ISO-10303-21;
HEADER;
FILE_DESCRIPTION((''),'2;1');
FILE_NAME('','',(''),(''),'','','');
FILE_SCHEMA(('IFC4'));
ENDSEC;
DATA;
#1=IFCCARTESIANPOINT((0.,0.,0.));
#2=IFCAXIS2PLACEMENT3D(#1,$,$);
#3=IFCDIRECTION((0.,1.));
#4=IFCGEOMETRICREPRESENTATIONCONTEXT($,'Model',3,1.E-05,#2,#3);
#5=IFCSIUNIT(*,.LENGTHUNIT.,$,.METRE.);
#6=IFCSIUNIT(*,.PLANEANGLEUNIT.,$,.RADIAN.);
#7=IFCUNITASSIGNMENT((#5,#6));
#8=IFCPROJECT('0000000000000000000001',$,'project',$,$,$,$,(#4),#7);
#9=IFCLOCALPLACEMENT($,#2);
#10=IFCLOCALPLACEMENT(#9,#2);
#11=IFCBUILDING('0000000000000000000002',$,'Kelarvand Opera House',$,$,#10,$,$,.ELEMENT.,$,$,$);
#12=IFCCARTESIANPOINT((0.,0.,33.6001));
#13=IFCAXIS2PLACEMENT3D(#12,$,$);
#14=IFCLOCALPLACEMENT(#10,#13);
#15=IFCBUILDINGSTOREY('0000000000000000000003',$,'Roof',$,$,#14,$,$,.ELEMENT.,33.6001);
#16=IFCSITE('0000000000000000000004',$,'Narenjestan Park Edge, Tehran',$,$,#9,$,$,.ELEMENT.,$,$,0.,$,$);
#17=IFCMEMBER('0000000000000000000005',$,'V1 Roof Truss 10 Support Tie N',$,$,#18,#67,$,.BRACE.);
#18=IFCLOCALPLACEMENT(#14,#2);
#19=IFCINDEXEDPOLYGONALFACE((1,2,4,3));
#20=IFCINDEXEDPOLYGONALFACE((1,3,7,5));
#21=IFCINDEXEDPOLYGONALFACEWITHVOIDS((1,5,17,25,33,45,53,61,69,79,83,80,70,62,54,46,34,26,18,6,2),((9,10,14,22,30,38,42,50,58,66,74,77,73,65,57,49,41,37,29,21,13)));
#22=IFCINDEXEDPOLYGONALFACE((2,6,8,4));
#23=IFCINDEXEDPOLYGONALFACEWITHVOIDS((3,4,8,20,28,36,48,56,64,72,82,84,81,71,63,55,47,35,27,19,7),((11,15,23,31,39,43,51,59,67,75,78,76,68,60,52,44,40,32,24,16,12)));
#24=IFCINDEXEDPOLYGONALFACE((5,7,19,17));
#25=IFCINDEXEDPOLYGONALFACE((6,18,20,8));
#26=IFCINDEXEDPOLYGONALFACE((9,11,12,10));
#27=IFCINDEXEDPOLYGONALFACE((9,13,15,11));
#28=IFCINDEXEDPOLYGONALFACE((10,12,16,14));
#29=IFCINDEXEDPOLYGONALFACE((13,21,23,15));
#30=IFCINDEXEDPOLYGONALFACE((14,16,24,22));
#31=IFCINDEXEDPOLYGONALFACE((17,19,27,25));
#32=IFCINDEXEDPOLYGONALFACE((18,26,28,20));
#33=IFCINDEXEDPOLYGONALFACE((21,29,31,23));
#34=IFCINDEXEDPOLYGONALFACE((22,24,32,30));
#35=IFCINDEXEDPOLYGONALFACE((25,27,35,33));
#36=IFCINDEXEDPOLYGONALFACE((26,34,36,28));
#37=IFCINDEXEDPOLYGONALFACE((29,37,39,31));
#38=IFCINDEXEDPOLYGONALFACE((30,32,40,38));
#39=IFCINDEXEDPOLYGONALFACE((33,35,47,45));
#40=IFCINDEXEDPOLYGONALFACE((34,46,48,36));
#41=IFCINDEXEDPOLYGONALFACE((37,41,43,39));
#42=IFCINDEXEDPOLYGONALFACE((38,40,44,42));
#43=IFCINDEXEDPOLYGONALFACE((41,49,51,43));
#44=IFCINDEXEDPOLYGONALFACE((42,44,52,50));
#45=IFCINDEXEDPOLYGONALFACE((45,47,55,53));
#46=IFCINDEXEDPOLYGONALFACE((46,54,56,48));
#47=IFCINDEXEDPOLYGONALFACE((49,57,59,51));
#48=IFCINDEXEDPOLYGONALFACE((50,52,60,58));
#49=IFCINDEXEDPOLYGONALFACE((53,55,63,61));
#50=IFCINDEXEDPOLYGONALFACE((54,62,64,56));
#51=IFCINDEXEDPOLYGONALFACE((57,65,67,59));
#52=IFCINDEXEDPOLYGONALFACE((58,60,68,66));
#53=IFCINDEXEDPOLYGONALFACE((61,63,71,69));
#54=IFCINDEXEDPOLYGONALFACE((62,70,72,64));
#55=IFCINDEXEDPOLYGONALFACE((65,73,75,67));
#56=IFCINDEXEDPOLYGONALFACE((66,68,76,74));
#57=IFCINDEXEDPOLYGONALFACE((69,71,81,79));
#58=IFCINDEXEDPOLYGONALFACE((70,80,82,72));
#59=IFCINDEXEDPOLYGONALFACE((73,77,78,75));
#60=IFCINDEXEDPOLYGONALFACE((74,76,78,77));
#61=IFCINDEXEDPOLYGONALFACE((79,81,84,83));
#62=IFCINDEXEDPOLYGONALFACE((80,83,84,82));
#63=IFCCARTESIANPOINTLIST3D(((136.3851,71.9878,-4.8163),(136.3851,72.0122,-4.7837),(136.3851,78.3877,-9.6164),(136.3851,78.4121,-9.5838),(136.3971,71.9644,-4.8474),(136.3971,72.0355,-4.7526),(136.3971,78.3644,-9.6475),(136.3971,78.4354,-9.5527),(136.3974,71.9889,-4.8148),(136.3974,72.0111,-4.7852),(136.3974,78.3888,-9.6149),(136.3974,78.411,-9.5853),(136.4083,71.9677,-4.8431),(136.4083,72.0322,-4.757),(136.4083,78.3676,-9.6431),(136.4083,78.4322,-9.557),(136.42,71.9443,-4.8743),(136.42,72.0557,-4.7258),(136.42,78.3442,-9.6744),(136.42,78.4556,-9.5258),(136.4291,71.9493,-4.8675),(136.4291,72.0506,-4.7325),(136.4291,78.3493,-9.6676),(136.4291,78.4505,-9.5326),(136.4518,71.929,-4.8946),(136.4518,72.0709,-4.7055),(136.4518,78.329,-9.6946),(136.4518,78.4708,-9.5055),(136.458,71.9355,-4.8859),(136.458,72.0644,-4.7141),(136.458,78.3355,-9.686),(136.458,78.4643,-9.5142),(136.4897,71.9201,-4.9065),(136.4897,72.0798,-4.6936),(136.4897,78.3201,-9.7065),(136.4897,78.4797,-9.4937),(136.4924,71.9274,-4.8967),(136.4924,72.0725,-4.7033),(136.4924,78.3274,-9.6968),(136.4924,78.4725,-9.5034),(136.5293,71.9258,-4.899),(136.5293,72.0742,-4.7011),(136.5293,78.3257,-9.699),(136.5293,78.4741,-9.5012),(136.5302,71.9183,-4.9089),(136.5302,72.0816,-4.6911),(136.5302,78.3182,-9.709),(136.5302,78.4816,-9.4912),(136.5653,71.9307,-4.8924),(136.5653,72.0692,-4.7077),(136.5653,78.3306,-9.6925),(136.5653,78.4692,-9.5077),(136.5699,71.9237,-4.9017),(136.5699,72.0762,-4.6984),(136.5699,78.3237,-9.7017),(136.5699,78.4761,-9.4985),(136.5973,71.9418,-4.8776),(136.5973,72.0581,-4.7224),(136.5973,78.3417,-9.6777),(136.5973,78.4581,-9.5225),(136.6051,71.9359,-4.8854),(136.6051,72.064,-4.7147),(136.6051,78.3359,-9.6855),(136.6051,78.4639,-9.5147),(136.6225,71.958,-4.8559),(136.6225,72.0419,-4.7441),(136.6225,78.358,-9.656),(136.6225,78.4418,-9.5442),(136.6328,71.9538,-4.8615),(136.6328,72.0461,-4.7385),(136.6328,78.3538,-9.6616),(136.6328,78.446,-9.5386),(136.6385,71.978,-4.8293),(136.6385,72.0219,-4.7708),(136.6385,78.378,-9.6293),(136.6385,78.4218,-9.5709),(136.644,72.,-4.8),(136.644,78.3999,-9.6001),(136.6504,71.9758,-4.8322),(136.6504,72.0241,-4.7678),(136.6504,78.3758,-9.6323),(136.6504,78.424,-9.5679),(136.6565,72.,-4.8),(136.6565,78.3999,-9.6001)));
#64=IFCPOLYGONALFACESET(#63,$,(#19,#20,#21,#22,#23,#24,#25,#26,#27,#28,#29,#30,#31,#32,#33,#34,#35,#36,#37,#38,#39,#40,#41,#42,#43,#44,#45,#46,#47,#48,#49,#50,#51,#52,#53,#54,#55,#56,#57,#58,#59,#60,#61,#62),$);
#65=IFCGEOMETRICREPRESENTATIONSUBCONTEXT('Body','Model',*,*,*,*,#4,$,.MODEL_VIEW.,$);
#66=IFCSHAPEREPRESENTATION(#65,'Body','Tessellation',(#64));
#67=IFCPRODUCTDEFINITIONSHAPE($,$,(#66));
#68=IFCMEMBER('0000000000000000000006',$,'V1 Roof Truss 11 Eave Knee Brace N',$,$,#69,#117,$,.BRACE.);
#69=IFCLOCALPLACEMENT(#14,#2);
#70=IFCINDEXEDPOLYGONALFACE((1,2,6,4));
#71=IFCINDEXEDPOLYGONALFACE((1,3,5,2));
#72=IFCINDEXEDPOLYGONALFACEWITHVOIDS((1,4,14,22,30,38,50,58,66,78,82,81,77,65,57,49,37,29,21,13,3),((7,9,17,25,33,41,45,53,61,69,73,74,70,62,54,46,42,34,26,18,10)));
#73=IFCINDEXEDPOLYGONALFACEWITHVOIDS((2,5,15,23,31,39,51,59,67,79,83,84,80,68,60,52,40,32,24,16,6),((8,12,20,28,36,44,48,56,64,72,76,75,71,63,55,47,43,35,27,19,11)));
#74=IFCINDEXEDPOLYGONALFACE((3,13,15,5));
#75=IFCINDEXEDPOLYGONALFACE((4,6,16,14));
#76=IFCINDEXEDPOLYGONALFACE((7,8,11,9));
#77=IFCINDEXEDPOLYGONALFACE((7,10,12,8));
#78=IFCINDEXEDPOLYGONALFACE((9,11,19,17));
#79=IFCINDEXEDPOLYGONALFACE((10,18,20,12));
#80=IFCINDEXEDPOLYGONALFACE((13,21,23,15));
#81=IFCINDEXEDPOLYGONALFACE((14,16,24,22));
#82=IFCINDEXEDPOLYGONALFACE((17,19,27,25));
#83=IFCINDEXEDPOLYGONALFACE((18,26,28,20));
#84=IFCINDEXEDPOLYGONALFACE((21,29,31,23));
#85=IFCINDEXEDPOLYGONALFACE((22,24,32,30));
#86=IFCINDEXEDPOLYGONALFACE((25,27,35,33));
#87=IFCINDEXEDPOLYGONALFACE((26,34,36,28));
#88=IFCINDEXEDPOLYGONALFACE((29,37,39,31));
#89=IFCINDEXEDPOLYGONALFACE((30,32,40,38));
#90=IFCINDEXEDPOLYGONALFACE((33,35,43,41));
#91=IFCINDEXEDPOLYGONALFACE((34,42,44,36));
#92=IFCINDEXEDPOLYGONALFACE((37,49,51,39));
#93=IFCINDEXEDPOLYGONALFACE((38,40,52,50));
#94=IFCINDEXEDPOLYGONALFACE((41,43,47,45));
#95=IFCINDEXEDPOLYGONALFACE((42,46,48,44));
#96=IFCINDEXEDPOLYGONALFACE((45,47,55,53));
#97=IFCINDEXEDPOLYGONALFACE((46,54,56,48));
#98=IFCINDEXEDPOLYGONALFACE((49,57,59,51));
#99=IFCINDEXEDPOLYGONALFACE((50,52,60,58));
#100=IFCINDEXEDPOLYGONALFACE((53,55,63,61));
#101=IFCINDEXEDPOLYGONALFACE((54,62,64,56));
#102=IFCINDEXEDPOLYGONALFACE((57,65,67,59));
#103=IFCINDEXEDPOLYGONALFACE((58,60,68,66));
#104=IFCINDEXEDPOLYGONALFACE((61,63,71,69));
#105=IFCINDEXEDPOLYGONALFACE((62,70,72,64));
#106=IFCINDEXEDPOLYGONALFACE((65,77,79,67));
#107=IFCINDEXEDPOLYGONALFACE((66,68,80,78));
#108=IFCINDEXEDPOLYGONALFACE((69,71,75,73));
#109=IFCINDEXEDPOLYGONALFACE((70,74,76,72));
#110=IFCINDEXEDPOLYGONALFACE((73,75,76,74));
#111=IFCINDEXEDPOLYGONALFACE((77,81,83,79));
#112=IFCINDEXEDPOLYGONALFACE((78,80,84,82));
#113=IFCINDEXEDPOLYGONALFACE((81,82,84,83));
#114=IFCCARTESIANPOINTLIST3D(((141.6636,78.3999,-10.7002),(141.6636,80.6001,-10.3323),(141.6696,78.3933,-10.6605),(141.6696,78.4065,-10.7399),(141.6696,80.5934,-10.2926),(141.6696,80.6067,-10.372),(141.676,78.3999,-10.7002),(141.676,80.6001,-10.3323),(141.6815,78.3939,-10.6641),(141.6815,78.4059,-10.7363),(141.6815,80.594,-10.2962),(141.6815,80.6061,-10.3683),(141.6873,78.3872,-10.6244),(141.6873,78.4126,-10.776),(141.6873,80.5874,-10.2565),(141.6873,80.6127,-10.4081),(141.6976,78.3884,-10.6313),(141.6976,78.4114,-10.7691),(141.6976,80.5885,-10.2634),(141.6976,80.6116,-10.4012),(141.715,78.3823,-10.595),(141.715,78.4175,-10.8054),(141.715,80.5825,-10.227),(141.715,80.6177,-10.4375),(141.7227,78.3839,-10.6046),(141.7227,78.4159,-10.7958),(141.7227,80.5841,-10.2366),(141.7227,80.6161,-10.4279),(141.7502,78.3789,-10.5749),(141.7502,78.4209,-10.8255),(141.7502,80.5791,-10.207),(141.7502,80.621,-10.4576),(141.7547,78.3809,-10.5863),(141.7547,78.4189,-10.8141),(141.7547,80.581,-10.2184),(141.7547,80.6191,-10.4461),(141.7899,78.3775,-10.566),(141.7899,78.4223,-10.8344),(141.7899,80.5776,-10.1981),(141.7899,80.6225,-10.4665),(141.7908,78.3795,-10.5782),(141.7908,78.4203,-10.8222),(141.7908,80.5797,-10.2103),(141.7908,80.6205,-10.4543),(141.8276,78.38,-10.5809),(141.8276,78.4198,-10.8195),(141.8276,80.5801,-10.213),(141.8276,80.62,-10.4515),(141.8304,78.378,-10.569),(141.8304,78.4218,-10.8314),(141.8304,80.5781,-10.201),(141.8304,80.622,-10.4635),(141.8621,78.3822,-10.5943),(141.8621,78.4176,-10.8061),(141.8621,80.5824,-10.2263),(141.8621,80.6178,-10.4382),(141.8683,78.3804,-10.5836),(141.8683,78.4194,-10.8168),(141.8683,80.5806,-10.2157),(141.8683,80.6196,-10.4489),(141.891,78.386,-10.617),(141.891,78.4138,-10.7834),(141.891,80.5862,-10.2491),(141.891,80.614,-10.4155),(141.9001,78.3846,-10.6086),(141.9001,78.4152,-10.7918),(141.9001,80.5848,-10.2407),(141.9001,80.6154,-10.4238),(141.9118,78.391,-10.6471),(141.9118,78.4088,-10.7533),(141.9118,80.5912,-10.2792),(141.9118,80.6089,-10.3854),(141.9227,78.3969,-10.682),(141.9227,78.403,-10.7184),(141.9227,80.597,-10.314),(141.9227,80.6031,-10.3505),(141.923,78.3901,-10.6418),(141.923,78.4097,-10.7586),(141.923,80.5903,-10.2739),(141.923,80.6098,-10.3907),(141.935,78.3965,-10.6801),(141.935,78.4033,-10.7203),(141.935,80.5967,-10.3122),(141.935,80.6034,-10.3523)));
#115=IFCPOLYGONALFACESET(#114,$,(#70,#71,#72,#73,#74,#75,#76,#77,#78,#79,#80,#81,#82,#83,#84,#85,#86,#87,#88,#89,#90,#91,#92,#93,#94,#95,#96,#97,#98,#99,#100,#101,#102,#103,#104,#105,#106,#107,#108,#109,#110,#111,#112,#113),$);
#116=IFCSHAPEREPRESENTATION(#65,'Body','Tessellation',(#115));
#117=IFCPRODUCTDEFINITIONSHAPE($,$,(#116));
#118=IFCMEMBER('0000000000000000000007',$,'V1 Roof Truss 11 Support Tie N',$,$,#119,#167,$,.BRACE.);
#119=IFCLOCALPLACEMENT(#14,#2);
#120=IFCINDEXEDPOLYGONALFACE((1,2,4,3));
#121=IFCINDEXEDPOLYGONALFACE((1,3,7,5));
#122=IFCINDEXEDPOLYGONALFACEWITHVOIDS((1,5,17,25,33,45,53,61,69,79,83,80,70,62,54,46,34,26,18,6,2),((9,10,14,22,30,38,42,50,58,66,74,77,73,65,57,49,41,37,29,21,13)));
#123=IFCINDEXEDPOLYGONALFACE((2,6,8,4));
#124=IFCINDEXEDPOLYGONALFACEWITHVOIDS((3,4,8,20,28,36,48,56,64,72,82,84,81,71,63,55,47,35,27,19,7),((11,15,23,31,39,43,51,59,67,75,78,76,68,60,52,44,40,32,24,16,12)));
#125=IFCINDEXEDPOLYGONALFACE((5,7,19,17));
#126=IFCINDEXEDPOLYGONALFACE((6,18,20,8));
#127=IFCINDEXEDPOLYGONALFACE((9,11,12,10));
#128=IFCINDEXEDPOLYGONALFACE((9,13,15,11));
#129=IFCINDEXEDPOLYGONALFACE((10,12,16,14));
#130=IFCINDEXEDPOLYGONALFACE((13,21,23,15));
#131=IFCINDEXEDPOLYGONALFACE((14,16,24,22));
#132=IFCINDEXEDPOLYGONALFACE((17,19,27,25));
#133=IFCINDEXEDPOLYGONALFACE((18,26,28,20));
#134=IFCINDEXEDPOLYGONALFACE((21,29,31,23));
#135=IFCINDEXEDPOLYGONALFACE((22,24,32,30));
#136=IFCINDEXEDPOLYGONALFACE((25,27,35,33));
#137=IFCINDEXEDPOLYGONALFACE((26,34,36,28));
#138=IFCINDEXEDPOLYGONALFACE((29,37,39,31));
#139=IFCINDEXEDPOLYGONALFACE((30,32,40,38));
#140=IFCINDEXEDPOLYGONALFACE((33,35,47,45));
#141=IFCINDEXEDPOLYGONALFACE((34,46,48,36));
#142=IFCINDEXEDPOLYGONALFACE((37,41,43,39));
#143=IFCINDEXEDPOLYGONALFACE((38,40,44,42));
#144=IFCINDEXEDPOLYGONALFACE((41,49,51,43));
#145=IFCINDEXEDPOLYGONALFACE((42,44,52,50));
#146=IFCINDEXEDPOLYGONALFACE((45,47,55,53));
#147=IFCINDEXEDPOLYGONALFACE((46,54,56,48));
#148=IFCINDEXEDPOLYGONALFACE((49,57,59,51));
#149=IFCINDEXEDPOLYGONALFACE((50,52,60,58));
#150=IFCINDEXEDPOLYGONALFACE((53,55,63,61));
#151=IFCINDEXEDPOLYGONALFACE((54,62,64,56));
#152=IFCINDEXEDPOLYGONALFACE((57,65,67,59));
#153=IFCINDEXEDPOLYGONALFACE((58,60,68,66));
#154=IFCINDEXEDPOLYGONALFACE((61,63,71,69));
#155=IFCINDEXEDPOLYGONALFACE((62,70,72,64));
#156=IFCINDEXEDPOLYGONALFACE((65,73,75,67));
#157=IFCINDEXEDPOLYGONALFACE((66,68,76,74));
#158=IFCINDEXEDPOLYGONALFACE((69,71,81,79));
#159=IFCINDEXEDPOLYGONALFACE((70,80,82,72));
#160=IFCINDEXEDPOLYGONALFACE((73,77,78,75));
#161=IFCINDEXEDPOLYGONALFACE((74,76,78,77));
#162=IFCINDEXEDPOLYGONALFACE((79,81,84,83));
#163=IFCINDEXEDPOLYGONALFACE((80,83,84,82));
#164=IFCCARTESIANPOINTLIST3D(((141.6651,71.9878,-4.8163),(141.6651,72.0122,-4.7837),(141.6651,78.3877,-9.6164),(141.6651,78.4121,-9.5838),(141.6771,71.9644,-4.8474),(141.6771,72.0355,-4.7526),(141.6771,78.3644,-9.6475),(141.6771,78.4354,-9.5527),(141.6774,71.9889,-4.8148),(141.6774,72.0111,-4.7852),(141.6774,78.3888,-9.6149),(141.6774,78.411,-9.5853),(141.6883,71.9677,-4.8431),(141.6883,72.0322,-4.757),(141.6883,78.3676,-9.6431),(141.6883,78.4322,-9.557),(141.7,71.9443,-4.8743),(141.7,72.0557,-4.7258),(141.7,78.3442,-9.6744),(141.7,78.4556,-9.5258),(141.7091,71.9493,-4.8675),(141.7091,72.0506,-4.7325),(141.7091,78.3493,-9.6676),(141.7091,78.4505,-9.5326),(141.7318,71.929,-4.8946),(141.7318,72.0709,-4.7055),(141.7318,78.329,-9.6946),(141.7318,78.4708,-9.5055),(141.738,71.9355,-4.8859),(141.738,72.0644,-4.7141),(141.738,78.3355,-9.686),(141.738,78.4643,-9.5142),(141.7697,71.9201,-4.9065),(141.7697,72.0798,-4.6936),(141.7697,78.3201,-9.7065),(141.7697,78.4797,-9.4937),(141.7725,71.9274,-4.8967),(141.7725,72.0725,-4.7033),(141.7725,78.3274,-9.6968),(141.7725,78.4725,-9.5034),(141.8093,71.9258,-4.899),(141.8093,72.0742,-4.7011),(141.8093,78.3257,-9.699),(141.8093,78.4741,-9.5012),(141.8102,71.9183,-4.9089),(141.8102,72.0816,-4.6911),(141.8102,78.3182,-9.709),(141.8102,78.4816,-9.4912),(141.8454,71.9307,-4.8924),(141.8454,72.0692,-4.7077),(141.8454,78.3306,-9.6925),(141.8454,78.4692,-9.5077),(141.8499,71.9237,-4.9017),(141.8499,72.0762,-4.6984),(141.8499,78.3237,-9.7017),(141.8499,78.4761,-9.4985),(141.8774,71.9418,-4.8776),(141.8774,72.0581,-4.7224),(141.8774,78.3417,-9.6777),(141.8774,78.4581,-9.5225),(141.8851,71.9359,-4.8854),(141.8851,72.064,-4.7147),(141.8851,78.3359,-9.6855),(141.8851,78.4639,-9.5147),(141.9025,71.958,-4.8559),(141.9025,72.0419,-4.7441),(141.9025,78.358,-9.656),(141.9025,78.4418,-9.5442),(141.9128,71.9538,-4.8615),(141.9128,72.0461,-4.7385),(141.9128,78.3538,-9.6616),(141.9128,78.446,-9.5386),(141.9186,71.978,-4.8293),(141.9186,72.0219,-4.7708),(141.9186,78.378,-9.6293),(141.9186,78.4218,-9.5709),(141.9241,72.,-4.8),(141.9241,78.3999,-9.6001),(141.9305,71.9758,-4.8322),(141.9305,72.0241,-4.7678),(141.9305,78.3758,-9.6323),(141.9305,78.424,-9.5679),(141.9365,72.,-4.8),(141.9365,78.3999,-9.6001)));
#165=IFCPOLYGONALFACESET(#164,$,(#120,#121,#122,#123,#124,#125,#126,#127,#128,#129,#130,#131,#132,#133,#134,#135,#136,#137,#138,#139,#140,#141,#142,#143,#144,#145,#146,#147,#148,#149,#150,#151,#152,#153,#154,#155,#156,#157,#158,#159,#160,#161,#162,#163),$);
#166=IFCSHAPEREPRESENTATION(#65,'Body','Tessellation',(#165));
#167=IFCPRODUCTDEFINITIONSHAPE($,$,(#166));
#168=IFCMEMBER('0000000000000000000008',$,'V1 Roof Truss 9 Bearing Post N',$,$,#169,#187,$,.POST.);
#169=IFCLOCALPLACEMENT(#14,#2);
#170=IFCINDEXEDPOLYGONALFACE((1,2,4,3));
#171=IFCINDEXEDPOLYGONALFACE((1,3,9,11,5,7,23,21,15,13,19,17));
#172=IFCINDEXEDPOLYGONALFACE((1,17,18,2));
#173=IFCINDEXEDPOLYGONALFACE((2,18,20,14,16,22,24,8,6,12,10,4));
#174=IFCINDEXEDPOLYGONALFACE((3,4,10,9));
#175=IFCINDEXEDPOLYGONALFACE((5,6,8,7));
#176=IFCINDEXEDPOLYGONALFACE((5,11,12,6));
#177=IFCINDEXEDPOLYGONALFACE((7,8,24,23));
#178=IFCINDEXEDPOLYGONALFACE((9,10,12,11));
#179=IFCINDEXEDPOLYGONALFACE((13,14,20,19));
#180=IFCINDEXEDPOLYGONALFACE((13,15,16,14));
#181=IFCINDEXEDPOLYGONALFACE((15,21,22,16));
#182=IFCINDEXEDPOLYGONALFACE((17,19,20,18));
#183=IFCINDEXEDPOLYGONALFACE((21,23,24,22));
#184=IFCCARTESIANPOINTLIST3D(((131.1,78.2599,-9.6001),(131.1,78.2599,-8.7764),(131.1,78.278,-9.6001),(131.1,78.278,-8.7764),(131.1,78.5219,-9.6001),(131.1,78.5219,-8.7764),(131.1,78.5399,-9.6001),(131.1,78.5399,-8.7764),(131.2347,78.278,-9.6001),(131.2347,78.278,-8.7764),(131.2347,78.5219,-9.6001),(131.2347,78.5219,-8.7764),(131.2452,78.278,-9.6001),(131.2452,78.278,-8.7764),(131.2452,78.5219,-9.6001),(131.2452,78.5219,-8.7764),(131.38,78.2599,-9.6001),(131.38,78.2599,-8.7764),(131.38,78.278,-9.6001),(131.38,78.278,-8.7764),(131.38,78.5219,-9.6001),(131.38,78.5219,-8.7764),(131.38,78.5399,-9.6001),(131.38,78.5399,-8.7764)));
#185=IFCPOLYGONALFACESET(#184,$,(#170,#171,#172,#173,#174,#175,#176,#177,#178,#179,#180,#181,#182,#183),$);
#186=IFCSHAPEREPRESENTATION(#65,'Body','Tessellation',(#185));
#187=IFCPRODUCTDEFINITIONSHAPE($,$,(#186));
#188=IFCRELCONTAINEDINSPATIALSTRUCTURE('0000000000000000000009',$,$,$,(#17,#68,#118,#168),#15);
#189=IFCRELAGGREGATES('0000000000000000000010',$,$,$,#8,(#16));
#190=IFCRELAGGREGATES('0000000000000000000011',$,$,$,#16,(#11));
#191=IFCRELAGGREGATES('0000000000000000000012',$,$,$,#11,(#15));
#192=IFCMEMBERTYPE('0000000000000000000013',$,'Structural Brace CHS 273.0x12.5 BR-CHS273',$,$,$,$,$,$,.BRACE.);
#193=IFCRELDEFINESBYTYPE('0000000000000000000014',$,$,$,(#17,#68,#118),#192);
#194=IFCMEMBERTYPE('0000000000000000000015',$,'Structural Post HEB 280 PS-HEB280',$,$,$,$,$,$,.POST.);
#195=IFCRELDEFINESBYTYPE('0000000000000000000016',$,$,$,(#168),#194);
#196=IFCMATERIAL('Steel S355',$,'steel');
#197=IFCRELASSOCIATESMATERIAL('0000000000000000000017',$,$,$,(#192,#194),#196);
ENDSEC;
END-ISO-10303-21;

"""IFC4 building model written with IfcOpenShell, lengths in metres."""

from ifc_helpers import new_model, si_unit, direction, frame, origin, origin_2d, place, context, subcontext, project, spatial, hollow_circle, i_section, extrude, material, material_profile, profile_set, type_object, element, save


model = new_model("IFC4")

# Units and contexts
model_context = context("Model", 3, precision=1e-05, world=origin(), true_north=direction((0.0, 1.0)))
body_context = subcontext(model_context, "Body", "Model", "MODEL_VIEW")
ifc_project = project(units=[si_unit("LENGTHUNIT", "METRE"), si_unit("PLANEANGLEUNIT", "RADIAN")], contexts=[model_context])

# Site, building, storey
site_placement = place(None, origin())
site = spatial("IfcSite", under=ifc_project, at=site_placement, Name="Narenjestan Park Edge, Tehran", CompositionType="ELEMENT", RefElevation=0.0)
building_placement = place(site_placement, origin())
building = spatial("IfcBuilding", under=site, at=building_placement, Name="Kelarvand Opera House", CompositionType="ELEMENT")
storey_placement = place(building_placement, frame((0.0, 0.0, 33.6001)))
storey = spatial("IfcBuildingStorey", under=building, at=storey_placement, Name="Roof", CompositionType="ELEMENT", Elevation=33.6001)

# Members
ifc_material = material(Name="Steel S355", Category="steel")
ifc_material_profile_1 = material_profile(ifc_material, hollow_circle(Radius=0.1365, WallThickness=0.0125, at=origin_2d()), Name="CHS 273.0x12.5", Category="steel")
ifc_profile_set_1 = profile_set([ifc_material_profile_1], Name="Steel S355")
member_type_1 = type_object("IfcMemberType", Name="Structural Brace CHS 273.0x12.5 BR-CHS273", PredefinedType="BRACE", material=ifc_profile_set_1)
member_1_placement = place(storey_placement, frame((136.52, 78.3999, -9.6001), z_axis=(0.0, -0.799993, 0.60001), x_axis=(1.0, 0.0, 0.0)))
element("IfcMember", 1, at=member_1_placement, inside=storey, type_object=member_type_1, Name="V1 Roof Truss 10 Support Tie N", PredefinedType="BRACE", context=body_context, shape_type="SweptSolid", body=[
    extrude(hollow_circle(Radius=0.1365, WallThickness=0.0125, at=origin_2d()), origin(), (0.0, 0.0, 1.0), 8.0),
])
member_2_placement = place(storey_placement, frame((141.8, 78.3999, -10.7002), z_axis=(0.0, 0.986305, 0.164931), x_axis=(-1.0, 0.0, 0.0)))
element("IfcMember", 2, at=member_2_placement, inside=storey, type_object=member_type_1, Name="V1 Roof Truss 11 Eave Knee Brace N", PredefinedType="BRACE", context=body_context, shape_type="SweptSolid", body=[
    extrude(hollow_circle(Radius=0.1365, WallThickness=0.0125, at=origin_2d()), origin(), (0.0, 0.0, 1.0), 2.2307),
])
member_3_placement = place(storey_placement, frame((141.8, 78.3999, -9.6001), z_axis=(0.0, -0.799993, 0.60001), x_axis=(1.0, 0.0, 0.0)))
element("IfcMember", 3, at=member_3_placement, inside=storey, type_object=member_type_1, Name="V1 Roof Truss 11 Support Tie N", PredefinedType="BRACE", context=body_context, shape_type="SweptSolid", body=[
    extrude(hollow_circle(Radius=0.1365, WallThickness=0.0125, at=origin_2d()), origin(), (0.0, 0.0, 1.0), 8.0),
])
ifc_material_profile_2 = material_profile(ifc_material, i_section(OverallWidth=0.28, OverallDepth=0.28, WebThickness=0.0105, FlangeThickness=0.0181, at=origin_2d()), Name="HEB 280", Category="steel")
ifc_profile_set_2 = profile_set([ifc_material_profile_2], Name="Steel S355")
member_type_2 = type_object("IfcMemberType", Name="Structural Post HEB 280 PS-HEB280", PredefinedType="POST", material=ifc_profile_set_2)
for number, where, z_axis, x_axis, name in (
    (4, (131.24, 78.3999, -9.6001), (0.0, 0.0, 1.0), (1.0, 0.0, 0.0), "V1 Roof Truss 9 Bearing Post N"),
):
    element("IfcMember", number, at=place(storey_placement, frame(where, z_axis=z_axis, x_axis=x_axis)), inside=storey, type_object=member_type_2, Name=name, PredefinedType="POST", context=body_context, shape_type="SweptSolid", body=[
        extrude(i_section(OverallWidth=0.28, OverallDepth=0.28, WebThickness=0.0105, FlangeThickness=0.0181, at=origin_2d()), origin(), (0.0, 0.0, 1.0), 0.8237),
    ])

save(model, "model.ifc")
